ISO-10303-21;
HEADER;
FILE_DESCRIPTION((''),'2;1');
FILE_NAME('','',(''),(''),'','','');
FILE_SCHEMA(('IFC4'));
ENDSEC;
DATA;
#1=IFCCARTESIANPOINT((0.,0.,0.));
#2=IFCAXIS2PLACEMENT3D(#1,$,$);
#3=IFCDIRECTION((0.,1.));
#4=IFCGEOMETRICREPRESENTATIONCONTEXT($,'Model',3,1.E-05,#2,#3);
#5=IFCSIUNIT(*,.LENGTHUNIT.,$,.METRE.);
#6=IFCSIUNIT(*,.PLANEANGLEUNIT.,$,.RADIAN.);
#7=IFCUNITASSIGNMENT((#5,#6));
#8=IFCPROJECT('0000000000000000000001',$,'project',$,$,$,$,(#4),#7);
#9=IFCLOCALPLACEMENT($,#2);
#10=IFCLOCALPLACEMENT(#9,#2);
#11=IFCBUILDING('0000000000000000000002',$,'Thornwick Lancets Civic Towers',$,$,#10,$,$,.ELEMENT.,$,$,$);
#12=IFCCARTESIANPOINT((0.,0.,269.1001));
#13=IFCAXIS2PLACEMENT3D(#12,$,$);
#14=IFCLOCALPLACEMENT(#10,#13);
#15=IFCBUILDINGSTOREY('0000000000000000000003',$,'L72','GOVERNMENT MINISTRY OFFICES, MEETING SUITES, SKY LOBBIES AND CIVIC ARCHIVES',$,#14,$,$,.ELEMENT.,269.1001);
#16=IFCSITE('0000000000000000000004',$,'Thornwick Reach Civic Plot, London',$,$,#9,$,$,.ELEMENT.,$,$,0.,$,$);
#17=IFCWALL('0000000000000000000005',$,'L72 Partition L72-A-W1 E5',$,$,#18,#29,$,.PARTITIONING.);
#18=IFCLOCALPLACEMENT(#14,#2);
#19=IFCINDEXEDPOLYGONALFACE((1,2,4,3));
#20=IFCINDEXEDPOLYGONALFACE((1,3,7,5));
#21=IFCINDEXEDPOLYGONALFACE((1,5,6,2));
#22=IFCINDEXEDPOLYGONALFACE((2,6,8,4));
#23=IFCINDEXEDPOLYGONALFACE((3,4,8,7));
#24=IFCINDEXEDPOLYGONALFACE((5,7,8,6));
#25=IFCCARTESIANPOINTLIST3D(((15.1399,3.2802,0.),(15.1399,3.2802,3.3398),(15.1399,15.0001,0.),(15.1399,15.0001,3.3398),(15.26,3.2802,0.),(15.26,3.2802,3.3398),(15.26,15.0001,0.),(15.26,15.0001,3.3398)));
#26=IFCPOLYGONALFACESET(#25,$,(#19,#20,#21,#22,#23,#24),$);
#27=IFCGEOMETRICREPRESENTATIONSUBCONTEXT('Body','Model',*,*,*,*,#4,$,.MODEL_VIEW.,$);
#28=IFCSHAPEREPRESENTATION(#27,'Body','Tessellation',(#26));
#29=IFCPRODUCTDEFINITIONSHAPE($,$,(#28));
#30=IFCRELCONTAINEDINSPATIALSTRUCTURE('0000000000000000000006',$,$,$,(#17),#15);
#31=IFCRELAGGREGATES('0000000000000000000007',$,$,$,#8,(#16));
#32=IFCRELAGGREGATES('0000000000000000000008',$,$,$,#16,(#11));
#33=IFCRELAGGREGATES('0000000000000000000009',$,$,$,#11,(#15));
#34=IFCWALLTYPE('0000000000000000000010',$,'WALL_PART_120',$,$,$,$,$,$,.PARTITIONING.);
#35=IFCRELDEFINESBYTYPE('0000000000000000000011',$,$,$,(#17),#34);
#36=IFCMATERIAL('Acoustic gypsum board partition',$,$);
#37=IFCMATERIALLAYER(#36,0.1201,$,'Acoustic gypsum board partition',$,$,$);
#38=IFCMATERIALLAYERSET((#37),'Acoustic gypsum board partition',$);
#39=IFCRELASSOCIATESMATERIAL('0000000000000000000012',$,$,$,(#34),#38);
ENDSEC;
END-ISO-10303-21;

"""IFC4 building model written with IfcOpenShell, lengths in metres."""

from ifc_helpers import new_model, si_unit, direction, frame, frame_2d, origin, place, context, subcontext, project, spatial, rectangle, extrude, material, layer, layer_set, type_object, element, save


model = new_model("IFC4")

# Units and contexts
model_context = context("Model", 3, precision=1e-05, world=origin(), true_north=direction((0.0, 1.0)))
body_context = subcontext(model_context, "Body", "Model", "MODEL_VIEW")
ifc_project = project(units=[si_unit("LENGTHUNIT", "METRE"), si_unit("PLANEANGLEUNIT", "RADIAN")], contexts=[model_context])

# Site, building, storey
site_placement = place(None, origin())
site = spatial("IfcSite", under=ifc_project, at=site_placement, Name="Thornwick Reach Civic Plot, London", CompositionType="ELEMENT", RefElevation=0.0)
building_placement = place(site_placement, origin())
building = spatial("IfcBuilding", under=site, at=building_placement, Name="Thornwick Lancets Civic Towers", CompositionType="ELEMENT")
storey_placement = place(building_placement, frame((0.0, 0.0, 269.1001)))
storey = spatial("IfcBuildingStorey", under=building, at=storey_placement, Name="L72", Description="GOVERNMENT MINISTRY OFFICES, MEETING SUITES, SKY LOBBIES AND CIVIC ARCHIVES", CompositionType="ELEMENT", Elevation=269.1001)

# Wall
ifc_material_1 = material(Name="Acoustic gypsum board partition")
ifc_layer_1 = layer(ifc_material_1, 0.1201, Name="Acoustic gypsum board partition")
ifc_layer_set_1 = layer_set([ifc_layer_1], Name="Acoustic gypsum board partition")
wall_type_1 = type_object("IfcWallType", Name="WALL_PART_120", PredefinedType="PARTITIONING", material=ifc_layer_set_1)
wall_1_placement = place(storey_placement, frame((15.2, 15.0, 0.0), z_axis=(0.0, 0.0, 1.0), x_axis=(0.0, -1.0, 0.0)))
element("IfcWall", 1, at=wall_1_placement, inside=storey, type_object=wall_type_1, Name="L72 Partition L72-A-W1 E5", PredefinedType="PARTITIONING", context=body_context, shape_type="SweptSolid", body=[
    extrude(rectangle(XDim=11.72, YDim=0.1201, at=frame_2d((5.8599, 0.0))), origin(), (0.0, 0.0, 1.0), 3.3398),
])

save(model, "model.ifc")
